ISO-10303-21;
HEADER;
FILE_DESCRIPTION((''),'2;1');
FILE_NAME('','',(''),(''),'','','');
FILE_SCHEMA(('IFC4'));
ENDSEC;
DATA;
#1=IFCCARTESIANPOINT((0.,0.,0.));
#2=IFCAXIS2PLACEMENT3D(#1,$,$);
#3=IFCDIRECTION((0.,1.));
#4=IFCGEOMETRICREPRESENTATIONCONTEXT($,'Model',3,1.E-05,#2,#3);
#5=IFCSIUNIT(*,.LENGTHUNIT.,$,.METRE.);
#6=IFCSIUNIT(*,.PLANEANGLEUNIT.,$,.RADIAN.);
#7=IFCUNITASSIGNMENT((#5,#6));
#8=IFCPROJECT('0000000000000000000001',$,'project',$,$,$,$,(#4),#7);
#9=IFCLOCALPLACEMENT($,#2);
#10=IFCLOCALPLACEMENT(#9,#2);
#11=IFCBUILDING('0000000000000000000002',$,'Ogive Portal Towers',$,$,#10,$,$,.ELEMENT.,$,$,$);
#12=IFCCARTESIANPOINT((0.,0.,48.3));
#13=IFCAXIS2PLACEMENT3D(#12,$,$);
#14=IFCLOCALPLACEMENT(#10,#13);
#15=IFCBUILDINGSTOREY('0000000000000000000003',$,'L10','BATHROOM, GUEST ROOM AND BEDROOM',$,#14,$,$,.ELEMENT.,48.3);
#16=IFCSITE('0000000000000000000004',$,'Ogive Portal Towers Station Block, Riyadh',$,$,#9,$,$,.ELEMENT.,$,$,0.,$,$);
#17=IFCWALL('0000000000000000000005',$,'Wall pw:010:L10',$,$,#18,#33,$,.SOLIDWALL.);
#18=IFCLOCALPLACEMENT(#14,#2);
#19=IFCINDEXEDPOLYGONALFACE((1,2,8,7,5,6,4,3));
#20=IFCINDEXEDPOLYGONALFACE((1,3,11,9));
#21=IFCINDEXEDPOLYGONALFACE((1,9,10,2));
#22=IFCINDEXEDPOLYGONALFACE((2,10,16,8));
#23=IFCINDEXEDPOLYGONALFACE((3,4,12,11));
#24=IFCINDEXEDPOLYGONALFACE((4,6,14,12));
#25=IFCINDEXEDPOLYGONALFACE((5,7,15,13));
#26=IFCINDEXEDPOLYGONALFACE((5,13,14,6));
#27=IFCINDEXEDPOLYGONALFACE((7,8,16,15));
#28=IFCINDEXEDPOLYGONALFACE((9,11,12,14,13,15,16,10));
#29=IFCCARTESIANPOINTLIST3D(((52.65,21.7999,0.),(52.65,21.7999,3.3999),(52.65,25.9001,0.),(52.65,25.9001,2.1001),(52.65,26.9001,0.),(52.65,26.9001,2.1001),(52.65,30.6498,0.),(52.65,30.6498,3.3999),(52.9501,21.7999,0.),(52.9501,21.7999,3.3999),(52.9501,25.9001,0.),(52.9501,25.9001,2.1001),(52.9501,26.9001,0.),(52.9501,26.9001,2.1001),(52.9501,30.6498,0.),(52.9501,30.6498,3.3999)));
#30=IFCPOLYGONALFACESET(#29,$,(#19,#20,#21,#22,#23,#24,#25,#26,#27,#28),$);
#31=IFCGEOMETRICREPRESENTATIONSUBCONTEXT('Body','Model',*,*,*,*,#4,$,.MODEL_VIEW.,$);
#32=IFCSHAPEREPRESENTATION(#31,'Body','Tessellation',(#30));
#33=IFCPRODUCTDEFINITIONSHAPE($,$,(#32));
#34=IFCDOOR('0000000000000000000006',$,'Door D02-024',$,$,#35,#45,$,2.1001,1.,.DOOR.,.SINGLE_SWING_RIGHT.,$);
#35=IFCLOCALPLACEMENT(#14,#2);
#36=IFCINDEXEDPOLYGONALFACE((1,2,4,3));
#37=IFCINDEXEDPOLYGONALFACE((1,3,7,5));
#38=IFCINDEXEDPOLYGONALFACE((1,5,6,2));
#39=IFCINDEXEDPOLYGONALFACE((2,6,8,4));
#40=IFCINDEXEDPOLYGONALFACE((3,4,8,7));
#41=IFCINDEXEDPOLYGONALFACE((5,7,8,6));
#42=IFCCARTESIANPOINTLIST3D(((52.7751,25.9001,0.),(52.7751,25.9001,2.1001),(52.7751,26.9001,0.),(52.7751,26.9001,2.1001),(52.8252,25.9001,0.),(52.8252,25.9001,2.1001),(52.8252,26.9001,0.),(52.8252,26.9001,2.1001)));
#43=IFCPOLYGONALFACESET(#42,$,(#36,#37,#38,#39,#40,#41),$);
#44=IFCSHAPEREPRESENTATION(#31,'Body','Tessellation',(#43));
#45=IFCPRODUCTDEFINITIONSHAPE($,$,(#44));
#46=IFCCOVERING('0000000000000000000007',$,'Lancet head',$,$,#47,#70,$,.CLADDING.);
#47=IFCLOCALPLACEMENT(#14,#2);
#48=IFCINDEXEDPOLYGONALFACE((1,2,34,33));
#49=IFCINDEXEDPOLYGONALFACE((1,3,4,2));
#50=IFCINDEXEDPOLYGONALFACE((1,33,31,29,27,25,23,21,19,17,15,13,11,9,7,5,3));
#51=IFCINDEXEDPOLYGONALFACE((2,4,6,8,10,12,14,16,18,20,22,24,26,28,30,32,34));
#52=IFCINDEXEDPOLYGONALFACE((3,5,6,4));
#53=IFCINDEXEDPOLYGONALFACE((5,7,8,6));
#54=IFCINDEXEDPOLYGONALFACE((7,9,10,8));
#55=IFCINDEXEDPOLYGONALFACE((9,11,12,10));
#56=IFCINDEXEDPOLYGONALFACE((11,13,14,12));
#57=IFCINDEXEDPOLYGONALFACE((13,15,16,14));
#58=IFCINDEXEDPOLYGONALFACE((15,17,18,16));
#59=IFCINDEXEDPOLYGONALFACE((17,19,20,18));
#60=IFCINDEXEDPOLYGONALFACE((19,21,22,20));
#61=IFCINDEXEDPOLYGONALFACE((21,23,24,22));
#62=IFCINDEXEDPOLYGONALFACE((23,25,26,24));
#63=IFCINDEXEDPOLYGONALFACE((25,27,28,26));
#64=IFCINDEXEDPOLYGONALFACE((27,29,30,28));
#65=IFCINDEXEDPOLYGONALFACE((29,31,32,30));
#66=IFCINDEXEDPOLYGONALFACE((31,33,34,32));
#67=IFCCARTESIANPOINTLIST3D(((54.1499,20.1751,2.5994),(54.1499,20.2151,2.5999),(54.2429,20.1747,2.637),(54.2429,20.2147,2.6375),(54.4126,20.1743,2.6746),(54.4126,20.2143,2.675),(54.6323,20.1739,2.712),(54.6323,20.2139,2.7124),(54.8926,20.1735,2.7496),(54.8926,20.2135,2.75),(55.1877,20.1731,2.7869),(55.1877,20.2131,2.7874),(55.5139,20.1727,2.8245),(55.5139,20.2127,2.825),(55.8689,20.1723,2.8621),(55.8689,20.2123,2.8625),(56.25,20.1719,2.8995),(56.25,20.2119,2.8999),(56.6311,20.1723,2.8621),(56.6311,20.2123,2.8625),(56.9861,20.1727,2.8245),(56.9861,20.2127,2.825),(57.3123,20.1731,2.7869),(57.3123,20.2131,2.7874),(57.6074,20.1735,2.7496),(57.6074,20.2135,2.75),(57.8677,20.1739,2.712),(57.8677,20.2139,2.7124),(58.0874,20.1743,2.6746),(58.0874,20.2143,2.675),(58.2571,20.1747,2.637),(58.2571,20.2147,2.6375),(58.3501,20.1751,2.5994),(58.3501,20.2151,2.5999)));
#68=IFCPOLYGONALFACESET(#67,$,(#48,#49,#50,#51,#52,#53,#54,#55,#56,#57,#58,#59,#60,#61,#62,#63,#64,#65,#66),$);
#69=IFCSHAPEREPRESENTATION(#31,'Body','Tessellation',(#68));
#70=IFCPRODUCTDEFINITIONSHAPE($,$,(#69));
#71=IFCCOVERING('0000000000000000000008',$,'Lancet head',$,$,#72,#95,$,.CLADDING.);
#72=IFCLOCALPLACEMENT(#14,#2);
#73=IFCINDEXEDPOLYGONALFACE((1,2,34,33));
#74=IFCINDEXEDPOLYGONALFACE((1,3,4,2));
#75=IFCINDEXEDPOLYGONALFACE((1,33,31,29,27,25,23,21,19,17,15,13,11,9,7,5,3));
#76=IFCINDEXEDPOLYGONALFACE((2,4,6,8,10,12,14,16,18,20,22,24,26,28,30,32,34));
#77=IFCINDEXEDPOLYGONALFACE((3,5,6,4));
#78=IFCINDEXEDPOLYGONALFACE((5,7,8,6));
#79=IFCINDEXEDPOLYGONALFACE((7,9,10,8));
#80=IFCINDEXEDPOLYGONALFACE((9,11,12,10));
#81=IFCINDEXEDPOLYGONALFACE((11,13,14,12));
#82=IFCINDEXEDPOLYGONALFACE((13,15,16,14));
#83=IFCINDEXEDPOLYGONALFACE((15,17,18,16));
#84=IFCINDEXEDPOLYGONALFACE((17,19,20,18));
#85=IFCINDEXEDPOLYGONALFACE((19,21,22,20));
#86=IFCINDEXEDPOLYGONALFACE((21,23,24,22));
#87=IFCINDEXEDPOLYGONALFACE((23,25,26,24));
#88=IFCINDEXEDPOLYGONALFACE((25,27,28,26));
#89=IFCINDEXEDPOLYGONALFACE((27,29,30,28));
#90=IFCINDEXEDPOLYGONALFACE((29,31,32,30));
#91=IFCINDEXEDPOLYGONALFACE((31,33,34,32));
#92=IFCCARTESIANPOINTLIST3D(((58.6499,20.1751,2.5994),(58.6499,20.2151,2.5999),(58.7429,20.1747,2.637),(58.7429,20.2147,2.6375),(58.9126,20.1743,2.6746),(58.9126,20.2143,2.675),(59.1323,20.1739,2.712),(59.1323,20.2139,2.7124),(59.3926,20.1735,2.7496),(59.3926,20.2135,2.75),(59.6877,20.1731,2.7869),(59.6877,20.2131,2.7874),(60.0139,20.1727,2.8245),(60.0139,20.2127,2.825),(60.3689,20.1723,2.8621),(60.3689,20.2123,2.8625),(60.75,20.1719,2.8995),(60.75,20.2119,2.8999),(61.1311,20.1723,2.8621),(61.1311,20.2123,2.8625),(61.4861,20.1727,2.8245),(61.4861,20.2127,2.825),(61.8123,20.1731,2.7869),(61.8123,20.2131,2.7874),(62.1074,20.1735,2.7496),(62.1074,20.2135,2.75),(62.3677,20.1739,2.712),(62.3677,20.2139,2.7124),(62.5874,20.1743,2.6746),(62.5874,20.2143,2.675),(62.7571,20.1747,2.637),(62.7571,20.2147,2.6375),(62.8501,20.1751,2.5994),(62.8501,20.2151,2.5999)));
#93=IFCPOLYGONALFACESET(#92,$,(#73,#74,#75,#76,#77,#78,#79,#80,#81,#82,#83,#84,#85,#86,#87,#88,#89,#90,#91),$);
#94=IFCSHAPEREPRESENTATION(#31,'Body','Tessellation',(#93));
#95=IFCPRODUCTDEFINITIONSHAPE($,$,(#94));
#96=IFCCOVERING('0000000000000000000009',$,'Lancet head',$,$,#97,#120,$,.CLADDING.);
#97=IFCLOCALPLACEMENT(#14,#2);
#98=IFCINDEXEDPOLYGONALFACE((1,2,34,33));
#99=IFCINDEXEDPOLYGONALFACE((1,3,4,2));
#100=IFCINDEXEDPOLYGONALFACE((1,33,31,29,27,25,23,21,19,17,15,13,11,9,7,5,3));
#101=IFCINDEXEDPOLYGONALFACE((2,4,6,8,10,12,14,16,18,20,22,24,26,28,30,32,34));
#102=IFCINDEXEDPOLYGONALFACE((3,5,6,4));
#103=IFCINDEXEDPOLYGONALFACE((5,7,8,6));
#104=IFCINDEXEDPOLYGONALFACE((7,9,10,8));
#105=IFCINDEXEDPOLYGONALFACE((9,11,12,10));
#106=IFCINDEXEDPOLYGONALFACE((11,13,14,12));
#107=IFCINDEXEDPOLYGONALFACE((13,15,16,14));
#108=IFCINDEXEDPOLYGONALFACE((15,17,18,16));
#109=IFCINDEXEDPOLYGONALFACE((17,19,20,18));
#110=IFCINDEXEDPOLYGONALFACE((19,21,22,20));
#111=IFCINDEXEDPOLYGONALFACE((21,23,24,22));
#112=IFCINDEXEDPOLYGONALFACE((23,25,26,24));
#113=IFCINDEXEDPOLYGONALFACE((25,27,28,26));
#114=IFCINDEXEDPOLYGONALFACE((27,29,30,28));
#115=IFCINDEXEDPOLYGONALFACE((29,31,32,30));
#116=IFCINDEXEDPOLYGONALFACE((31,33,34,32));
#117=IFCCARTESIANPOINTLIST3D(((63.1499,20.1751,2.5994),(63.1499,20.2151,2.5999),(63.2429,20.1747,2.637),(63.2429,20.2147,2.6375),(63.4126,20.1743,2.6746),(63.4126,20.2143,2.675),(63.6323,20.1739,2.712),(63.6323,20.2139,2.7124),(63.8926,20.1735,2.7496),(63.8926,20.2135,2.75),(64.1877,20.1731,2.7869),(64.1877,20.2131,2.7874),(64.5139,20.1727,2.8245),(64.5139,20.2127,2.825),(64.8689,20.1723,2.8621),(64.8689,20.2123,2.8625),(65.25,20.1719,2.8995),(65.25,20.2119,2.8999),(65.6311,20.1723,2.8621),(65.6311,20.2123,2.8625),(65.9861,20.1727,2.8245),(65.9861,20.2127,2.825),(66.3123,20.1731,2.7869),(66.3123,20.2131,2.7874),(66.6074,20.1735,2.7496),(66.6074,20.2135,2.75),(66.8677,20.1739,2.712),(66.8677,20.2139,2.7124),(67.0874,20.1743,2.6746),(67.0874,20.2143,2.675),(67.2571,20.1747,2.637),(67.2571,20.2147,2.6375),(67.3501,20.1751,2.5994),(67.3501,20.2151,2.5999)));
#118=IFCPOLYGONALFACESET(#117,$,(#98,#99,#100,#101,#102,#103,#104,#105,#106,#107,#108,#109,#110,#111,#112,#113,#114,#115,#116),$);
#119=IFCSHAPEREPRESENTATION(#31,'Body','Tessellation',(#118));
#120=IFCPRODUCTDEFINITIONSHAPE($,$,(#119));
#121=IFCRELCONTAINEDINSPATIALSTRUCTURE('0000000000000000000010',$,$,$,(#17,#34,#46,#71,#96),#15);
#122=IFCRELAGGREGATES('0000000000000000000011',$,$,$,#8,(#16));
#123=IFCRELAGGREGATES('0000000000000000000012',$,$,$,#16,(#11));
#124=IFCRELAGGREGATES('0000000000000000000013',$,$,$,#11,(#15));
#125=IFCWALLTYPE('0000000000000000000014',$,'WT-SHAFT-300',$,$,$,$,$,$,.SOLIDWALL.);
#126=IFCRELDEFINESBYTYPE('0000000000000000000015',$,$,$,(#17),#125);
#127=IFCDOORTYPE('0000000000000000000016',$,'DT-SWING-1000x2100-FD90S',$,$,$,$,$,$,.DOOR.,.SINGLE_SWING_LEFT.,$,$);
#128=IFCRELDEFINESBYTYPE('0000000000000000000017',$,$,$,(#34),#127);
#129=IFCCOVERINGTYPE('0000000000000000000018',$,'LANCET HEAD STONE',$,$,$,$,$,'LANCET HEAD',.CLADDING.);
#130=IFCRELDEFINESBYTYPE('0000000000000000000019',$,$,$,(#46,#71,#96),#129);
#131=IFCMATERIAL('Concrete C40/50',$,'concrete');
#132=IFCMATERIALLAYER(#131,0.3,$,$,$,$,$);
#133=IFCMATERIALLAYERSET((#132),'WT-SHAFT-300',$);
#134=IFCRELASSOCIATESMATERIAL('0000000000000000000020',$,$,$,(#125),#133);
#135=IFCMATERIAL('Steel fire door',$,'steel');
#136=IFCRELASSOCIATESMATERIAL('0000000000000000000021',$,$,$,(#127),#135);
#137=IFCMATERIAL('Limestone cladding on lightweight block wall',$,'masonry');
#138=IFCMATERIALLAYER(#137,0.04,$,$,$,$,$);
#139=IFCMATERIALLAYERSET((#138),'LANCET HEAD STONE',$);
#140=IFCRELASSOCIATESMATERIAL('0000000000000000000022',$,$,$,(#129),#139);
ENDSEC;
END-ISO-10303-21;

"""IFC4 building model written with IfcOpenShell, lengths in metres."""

from ifc_helpers import new_model, si_unit, direction, frame, frame_2d, origin, place, context, subcontext, project, spatial, polyline, rectangle, outline, extrude, material, layer, layer_set, type_object, element, fill, save


model = new_model("IFC4")

# Units and contexts
model_context = context("Model", 3, precision=1e-05, world=origin(), true_north=direction((0.0, 1.0)))
body_context = subcontext(model_context, "Body", "Model", "MODEL_VIEW")
ifc_project = project(units=[si_unit("LENGTHUNIT", "METRE"), si_unit("PLANEANGLEUNIT", "RADIAN")], contexts=[model_context])

# Site, building, storey
site_placement = place(None, origin())
site = spatial("IfcSite", under=ifc_project, at=site_placement, Name="Ogive Portal Towers Station Block, Riyadh", CompositionType="ELEMENT", RefElevation=0.0)
building_placement = place(site_placement, origin())
building = spatial("IfcBuilding", under=site, at=building_placement, Name="Ogive Portal Towers", CompositionType="ELEMENT")
storey_placement = place(building_placement, frame((0.0, 0.0, 48.3)))
storey = spatial("IfcBuildingStorey", under=building, at=storey_placement, Name="L10", Description="BATHROOM, GUEST ROOM AND BEDROOM", CompositionType="ELEMENT", Elevation=48.3)

# Shared definitions
ifc_material_1 = material(Name="Steel fire door", Category="steel")

# Wall, opening, door
ifc_material_2 = material(Name="Concrete C40/50", Category="concrete")
ifc_layer_1 = layer(ifc_material_2, 0.3)
ifc_layer_set_1 = layer_set([ifc_layer_1], Name="WT-SHAFT-300")
wall_type_1 = type_object("IfcWallType", Name="WT-SHAFT-300", PredefinedType="SOLIDWALL", material=ifc_layer_set_1)
wall_1_placement = place(storey_placement, frame((52.8, 21.8, 0.0), z_axis=(0.0, 0.0, 1.0), x_axis=(0.0, 1.0, 0.0)))
wall_1 = element("IfcWall", 1, at=wall_1_placement, inside=storey, type_object=wall_type_1, Name="Wall pw:010:L10", PredefinedType="SOLIDWALL", context=body_context, shape_type="SweptSolid", body=[
    extrude(rectangle(XDim=8.8499, YDim=0.3, at=frame_2d((4.4248, 0.0))), origin(), (0.0, 0.0, 1.0), 3.3999),
])
opening_1_placement = place(wall_1_placement, frame((4.1001, 0.0, 0.0)))
opening_1 = element("IfcOpeningElement", 2, at=opening_1_placement, cuts=wall_1, PredefinedType="OPENING", context=body_context, shape_type="SweptSolid", body=[
    extrude(rectangle(XDim=1.0, YDim=2.1001, at=frame_2d((0.5, 1.05))), frame((0.0, 0.1602, 0.0), z_axis=(0.0, -1.0, 0.0), x_axis=(1.0, 0.0, 0.0)), (0.0, 0.0, 1.0), 0.3201),
])
door_type_1 = type_object("IfcDoorType", Name="DT-SWING-1000x2100-FD90S", OperationType="SINGLE_SWING_LEFT", PredefinedType="DOOR", material=ifc_material_1)
door_1_placement = place(opening_1_placement, origin())
door_1 = element("IfcDoor", 3, at=door_1_placement, inside=storey, type_object=door_type_1, Name="Door D02-024", OperationType="SINGLE_SWING_RIGHT", OverallHeight=2.1001, OverallWidth=1.0, PredefinedType="DOOR", context=body_context, shape_type="SweptSolid", body=[
    extrude(rectangle(XDim=1.0, YDim=2.1001, at=frame_2d((0.5, 1.05))), frame((0.0, 0.0249, 0.0), z_axis=(0.0, -1.0, 0.0), x_axis=(1.0, 0.0, 0.0)), (0.0, 0.0, 1.0), 0.05),
])
fill(opening_1, door_1)

# Coverings
ifc_material_3 = material(Name="Limestone cladding on lightweight block wall", Category="masonry")
ifc_layer_2 = layer(ifc_material_3, 0.04)
ifc_layer_set_2 = layer_set([ifc_layer_2], Name="LANCET HEAD STONE")
covering_type = type_object("IfcCoveringType", Name="LANCET HEAD STONE", ElementType="LANCET HEAD", PredefinedType="CLADDING", material=ifc_layer_set_2)
for number, where, z_axis, x_axis, name in (
    (4, (54.1499, 20.2151, 2.5999), (0.0, 0.999944, 0.010623), (1.0, 0.0, 0.0), "Lancet head"),
    (5, (58.6499, 20.2151, 2.5999), (0.0, 0.999944, 0.010623), (1.0, 0.0, 0.0), "Lancet head"),
    (6, (63.1499, 20.2151, 2.5999), (0.0, 0.999944, 0.010623), (1.0, 0.0, 0.0), "Lancet head"),
):
    element("IfcCovering", number, at=place(storey_placement, frame(where, z_axis=z_axis, x_axis=x_axis)), inside=storey, type_object=covering_type, Name=name, PredefinedType="CLADDING", context=body_context, shape_type="SweptSolid", body=[
        extrude(outline(polyline([(0.0, 0.0), (4.2002, 0.0), (4.1072, -0.0376), (3.9375, -0.0752), (3.7178, -0.1126), (3.4575, -0.1502), (3.1624, -0.1875), (2.8362, -0.2251), (2.4812, -0.2627), (2.1001, -0.3001), (1.719, -0.2627), (1.364, -0.2251), (1.0378, -0.1875), (0.7427, -0.1502), (0.4824, -0.1126), (0.2627, -0.0752), (0.093, -0.0376), (0.0, 0.0)])), origin(), (0.0, 0.0, -1.0), 0.04),
    ])

save(model, "model.ifc")
